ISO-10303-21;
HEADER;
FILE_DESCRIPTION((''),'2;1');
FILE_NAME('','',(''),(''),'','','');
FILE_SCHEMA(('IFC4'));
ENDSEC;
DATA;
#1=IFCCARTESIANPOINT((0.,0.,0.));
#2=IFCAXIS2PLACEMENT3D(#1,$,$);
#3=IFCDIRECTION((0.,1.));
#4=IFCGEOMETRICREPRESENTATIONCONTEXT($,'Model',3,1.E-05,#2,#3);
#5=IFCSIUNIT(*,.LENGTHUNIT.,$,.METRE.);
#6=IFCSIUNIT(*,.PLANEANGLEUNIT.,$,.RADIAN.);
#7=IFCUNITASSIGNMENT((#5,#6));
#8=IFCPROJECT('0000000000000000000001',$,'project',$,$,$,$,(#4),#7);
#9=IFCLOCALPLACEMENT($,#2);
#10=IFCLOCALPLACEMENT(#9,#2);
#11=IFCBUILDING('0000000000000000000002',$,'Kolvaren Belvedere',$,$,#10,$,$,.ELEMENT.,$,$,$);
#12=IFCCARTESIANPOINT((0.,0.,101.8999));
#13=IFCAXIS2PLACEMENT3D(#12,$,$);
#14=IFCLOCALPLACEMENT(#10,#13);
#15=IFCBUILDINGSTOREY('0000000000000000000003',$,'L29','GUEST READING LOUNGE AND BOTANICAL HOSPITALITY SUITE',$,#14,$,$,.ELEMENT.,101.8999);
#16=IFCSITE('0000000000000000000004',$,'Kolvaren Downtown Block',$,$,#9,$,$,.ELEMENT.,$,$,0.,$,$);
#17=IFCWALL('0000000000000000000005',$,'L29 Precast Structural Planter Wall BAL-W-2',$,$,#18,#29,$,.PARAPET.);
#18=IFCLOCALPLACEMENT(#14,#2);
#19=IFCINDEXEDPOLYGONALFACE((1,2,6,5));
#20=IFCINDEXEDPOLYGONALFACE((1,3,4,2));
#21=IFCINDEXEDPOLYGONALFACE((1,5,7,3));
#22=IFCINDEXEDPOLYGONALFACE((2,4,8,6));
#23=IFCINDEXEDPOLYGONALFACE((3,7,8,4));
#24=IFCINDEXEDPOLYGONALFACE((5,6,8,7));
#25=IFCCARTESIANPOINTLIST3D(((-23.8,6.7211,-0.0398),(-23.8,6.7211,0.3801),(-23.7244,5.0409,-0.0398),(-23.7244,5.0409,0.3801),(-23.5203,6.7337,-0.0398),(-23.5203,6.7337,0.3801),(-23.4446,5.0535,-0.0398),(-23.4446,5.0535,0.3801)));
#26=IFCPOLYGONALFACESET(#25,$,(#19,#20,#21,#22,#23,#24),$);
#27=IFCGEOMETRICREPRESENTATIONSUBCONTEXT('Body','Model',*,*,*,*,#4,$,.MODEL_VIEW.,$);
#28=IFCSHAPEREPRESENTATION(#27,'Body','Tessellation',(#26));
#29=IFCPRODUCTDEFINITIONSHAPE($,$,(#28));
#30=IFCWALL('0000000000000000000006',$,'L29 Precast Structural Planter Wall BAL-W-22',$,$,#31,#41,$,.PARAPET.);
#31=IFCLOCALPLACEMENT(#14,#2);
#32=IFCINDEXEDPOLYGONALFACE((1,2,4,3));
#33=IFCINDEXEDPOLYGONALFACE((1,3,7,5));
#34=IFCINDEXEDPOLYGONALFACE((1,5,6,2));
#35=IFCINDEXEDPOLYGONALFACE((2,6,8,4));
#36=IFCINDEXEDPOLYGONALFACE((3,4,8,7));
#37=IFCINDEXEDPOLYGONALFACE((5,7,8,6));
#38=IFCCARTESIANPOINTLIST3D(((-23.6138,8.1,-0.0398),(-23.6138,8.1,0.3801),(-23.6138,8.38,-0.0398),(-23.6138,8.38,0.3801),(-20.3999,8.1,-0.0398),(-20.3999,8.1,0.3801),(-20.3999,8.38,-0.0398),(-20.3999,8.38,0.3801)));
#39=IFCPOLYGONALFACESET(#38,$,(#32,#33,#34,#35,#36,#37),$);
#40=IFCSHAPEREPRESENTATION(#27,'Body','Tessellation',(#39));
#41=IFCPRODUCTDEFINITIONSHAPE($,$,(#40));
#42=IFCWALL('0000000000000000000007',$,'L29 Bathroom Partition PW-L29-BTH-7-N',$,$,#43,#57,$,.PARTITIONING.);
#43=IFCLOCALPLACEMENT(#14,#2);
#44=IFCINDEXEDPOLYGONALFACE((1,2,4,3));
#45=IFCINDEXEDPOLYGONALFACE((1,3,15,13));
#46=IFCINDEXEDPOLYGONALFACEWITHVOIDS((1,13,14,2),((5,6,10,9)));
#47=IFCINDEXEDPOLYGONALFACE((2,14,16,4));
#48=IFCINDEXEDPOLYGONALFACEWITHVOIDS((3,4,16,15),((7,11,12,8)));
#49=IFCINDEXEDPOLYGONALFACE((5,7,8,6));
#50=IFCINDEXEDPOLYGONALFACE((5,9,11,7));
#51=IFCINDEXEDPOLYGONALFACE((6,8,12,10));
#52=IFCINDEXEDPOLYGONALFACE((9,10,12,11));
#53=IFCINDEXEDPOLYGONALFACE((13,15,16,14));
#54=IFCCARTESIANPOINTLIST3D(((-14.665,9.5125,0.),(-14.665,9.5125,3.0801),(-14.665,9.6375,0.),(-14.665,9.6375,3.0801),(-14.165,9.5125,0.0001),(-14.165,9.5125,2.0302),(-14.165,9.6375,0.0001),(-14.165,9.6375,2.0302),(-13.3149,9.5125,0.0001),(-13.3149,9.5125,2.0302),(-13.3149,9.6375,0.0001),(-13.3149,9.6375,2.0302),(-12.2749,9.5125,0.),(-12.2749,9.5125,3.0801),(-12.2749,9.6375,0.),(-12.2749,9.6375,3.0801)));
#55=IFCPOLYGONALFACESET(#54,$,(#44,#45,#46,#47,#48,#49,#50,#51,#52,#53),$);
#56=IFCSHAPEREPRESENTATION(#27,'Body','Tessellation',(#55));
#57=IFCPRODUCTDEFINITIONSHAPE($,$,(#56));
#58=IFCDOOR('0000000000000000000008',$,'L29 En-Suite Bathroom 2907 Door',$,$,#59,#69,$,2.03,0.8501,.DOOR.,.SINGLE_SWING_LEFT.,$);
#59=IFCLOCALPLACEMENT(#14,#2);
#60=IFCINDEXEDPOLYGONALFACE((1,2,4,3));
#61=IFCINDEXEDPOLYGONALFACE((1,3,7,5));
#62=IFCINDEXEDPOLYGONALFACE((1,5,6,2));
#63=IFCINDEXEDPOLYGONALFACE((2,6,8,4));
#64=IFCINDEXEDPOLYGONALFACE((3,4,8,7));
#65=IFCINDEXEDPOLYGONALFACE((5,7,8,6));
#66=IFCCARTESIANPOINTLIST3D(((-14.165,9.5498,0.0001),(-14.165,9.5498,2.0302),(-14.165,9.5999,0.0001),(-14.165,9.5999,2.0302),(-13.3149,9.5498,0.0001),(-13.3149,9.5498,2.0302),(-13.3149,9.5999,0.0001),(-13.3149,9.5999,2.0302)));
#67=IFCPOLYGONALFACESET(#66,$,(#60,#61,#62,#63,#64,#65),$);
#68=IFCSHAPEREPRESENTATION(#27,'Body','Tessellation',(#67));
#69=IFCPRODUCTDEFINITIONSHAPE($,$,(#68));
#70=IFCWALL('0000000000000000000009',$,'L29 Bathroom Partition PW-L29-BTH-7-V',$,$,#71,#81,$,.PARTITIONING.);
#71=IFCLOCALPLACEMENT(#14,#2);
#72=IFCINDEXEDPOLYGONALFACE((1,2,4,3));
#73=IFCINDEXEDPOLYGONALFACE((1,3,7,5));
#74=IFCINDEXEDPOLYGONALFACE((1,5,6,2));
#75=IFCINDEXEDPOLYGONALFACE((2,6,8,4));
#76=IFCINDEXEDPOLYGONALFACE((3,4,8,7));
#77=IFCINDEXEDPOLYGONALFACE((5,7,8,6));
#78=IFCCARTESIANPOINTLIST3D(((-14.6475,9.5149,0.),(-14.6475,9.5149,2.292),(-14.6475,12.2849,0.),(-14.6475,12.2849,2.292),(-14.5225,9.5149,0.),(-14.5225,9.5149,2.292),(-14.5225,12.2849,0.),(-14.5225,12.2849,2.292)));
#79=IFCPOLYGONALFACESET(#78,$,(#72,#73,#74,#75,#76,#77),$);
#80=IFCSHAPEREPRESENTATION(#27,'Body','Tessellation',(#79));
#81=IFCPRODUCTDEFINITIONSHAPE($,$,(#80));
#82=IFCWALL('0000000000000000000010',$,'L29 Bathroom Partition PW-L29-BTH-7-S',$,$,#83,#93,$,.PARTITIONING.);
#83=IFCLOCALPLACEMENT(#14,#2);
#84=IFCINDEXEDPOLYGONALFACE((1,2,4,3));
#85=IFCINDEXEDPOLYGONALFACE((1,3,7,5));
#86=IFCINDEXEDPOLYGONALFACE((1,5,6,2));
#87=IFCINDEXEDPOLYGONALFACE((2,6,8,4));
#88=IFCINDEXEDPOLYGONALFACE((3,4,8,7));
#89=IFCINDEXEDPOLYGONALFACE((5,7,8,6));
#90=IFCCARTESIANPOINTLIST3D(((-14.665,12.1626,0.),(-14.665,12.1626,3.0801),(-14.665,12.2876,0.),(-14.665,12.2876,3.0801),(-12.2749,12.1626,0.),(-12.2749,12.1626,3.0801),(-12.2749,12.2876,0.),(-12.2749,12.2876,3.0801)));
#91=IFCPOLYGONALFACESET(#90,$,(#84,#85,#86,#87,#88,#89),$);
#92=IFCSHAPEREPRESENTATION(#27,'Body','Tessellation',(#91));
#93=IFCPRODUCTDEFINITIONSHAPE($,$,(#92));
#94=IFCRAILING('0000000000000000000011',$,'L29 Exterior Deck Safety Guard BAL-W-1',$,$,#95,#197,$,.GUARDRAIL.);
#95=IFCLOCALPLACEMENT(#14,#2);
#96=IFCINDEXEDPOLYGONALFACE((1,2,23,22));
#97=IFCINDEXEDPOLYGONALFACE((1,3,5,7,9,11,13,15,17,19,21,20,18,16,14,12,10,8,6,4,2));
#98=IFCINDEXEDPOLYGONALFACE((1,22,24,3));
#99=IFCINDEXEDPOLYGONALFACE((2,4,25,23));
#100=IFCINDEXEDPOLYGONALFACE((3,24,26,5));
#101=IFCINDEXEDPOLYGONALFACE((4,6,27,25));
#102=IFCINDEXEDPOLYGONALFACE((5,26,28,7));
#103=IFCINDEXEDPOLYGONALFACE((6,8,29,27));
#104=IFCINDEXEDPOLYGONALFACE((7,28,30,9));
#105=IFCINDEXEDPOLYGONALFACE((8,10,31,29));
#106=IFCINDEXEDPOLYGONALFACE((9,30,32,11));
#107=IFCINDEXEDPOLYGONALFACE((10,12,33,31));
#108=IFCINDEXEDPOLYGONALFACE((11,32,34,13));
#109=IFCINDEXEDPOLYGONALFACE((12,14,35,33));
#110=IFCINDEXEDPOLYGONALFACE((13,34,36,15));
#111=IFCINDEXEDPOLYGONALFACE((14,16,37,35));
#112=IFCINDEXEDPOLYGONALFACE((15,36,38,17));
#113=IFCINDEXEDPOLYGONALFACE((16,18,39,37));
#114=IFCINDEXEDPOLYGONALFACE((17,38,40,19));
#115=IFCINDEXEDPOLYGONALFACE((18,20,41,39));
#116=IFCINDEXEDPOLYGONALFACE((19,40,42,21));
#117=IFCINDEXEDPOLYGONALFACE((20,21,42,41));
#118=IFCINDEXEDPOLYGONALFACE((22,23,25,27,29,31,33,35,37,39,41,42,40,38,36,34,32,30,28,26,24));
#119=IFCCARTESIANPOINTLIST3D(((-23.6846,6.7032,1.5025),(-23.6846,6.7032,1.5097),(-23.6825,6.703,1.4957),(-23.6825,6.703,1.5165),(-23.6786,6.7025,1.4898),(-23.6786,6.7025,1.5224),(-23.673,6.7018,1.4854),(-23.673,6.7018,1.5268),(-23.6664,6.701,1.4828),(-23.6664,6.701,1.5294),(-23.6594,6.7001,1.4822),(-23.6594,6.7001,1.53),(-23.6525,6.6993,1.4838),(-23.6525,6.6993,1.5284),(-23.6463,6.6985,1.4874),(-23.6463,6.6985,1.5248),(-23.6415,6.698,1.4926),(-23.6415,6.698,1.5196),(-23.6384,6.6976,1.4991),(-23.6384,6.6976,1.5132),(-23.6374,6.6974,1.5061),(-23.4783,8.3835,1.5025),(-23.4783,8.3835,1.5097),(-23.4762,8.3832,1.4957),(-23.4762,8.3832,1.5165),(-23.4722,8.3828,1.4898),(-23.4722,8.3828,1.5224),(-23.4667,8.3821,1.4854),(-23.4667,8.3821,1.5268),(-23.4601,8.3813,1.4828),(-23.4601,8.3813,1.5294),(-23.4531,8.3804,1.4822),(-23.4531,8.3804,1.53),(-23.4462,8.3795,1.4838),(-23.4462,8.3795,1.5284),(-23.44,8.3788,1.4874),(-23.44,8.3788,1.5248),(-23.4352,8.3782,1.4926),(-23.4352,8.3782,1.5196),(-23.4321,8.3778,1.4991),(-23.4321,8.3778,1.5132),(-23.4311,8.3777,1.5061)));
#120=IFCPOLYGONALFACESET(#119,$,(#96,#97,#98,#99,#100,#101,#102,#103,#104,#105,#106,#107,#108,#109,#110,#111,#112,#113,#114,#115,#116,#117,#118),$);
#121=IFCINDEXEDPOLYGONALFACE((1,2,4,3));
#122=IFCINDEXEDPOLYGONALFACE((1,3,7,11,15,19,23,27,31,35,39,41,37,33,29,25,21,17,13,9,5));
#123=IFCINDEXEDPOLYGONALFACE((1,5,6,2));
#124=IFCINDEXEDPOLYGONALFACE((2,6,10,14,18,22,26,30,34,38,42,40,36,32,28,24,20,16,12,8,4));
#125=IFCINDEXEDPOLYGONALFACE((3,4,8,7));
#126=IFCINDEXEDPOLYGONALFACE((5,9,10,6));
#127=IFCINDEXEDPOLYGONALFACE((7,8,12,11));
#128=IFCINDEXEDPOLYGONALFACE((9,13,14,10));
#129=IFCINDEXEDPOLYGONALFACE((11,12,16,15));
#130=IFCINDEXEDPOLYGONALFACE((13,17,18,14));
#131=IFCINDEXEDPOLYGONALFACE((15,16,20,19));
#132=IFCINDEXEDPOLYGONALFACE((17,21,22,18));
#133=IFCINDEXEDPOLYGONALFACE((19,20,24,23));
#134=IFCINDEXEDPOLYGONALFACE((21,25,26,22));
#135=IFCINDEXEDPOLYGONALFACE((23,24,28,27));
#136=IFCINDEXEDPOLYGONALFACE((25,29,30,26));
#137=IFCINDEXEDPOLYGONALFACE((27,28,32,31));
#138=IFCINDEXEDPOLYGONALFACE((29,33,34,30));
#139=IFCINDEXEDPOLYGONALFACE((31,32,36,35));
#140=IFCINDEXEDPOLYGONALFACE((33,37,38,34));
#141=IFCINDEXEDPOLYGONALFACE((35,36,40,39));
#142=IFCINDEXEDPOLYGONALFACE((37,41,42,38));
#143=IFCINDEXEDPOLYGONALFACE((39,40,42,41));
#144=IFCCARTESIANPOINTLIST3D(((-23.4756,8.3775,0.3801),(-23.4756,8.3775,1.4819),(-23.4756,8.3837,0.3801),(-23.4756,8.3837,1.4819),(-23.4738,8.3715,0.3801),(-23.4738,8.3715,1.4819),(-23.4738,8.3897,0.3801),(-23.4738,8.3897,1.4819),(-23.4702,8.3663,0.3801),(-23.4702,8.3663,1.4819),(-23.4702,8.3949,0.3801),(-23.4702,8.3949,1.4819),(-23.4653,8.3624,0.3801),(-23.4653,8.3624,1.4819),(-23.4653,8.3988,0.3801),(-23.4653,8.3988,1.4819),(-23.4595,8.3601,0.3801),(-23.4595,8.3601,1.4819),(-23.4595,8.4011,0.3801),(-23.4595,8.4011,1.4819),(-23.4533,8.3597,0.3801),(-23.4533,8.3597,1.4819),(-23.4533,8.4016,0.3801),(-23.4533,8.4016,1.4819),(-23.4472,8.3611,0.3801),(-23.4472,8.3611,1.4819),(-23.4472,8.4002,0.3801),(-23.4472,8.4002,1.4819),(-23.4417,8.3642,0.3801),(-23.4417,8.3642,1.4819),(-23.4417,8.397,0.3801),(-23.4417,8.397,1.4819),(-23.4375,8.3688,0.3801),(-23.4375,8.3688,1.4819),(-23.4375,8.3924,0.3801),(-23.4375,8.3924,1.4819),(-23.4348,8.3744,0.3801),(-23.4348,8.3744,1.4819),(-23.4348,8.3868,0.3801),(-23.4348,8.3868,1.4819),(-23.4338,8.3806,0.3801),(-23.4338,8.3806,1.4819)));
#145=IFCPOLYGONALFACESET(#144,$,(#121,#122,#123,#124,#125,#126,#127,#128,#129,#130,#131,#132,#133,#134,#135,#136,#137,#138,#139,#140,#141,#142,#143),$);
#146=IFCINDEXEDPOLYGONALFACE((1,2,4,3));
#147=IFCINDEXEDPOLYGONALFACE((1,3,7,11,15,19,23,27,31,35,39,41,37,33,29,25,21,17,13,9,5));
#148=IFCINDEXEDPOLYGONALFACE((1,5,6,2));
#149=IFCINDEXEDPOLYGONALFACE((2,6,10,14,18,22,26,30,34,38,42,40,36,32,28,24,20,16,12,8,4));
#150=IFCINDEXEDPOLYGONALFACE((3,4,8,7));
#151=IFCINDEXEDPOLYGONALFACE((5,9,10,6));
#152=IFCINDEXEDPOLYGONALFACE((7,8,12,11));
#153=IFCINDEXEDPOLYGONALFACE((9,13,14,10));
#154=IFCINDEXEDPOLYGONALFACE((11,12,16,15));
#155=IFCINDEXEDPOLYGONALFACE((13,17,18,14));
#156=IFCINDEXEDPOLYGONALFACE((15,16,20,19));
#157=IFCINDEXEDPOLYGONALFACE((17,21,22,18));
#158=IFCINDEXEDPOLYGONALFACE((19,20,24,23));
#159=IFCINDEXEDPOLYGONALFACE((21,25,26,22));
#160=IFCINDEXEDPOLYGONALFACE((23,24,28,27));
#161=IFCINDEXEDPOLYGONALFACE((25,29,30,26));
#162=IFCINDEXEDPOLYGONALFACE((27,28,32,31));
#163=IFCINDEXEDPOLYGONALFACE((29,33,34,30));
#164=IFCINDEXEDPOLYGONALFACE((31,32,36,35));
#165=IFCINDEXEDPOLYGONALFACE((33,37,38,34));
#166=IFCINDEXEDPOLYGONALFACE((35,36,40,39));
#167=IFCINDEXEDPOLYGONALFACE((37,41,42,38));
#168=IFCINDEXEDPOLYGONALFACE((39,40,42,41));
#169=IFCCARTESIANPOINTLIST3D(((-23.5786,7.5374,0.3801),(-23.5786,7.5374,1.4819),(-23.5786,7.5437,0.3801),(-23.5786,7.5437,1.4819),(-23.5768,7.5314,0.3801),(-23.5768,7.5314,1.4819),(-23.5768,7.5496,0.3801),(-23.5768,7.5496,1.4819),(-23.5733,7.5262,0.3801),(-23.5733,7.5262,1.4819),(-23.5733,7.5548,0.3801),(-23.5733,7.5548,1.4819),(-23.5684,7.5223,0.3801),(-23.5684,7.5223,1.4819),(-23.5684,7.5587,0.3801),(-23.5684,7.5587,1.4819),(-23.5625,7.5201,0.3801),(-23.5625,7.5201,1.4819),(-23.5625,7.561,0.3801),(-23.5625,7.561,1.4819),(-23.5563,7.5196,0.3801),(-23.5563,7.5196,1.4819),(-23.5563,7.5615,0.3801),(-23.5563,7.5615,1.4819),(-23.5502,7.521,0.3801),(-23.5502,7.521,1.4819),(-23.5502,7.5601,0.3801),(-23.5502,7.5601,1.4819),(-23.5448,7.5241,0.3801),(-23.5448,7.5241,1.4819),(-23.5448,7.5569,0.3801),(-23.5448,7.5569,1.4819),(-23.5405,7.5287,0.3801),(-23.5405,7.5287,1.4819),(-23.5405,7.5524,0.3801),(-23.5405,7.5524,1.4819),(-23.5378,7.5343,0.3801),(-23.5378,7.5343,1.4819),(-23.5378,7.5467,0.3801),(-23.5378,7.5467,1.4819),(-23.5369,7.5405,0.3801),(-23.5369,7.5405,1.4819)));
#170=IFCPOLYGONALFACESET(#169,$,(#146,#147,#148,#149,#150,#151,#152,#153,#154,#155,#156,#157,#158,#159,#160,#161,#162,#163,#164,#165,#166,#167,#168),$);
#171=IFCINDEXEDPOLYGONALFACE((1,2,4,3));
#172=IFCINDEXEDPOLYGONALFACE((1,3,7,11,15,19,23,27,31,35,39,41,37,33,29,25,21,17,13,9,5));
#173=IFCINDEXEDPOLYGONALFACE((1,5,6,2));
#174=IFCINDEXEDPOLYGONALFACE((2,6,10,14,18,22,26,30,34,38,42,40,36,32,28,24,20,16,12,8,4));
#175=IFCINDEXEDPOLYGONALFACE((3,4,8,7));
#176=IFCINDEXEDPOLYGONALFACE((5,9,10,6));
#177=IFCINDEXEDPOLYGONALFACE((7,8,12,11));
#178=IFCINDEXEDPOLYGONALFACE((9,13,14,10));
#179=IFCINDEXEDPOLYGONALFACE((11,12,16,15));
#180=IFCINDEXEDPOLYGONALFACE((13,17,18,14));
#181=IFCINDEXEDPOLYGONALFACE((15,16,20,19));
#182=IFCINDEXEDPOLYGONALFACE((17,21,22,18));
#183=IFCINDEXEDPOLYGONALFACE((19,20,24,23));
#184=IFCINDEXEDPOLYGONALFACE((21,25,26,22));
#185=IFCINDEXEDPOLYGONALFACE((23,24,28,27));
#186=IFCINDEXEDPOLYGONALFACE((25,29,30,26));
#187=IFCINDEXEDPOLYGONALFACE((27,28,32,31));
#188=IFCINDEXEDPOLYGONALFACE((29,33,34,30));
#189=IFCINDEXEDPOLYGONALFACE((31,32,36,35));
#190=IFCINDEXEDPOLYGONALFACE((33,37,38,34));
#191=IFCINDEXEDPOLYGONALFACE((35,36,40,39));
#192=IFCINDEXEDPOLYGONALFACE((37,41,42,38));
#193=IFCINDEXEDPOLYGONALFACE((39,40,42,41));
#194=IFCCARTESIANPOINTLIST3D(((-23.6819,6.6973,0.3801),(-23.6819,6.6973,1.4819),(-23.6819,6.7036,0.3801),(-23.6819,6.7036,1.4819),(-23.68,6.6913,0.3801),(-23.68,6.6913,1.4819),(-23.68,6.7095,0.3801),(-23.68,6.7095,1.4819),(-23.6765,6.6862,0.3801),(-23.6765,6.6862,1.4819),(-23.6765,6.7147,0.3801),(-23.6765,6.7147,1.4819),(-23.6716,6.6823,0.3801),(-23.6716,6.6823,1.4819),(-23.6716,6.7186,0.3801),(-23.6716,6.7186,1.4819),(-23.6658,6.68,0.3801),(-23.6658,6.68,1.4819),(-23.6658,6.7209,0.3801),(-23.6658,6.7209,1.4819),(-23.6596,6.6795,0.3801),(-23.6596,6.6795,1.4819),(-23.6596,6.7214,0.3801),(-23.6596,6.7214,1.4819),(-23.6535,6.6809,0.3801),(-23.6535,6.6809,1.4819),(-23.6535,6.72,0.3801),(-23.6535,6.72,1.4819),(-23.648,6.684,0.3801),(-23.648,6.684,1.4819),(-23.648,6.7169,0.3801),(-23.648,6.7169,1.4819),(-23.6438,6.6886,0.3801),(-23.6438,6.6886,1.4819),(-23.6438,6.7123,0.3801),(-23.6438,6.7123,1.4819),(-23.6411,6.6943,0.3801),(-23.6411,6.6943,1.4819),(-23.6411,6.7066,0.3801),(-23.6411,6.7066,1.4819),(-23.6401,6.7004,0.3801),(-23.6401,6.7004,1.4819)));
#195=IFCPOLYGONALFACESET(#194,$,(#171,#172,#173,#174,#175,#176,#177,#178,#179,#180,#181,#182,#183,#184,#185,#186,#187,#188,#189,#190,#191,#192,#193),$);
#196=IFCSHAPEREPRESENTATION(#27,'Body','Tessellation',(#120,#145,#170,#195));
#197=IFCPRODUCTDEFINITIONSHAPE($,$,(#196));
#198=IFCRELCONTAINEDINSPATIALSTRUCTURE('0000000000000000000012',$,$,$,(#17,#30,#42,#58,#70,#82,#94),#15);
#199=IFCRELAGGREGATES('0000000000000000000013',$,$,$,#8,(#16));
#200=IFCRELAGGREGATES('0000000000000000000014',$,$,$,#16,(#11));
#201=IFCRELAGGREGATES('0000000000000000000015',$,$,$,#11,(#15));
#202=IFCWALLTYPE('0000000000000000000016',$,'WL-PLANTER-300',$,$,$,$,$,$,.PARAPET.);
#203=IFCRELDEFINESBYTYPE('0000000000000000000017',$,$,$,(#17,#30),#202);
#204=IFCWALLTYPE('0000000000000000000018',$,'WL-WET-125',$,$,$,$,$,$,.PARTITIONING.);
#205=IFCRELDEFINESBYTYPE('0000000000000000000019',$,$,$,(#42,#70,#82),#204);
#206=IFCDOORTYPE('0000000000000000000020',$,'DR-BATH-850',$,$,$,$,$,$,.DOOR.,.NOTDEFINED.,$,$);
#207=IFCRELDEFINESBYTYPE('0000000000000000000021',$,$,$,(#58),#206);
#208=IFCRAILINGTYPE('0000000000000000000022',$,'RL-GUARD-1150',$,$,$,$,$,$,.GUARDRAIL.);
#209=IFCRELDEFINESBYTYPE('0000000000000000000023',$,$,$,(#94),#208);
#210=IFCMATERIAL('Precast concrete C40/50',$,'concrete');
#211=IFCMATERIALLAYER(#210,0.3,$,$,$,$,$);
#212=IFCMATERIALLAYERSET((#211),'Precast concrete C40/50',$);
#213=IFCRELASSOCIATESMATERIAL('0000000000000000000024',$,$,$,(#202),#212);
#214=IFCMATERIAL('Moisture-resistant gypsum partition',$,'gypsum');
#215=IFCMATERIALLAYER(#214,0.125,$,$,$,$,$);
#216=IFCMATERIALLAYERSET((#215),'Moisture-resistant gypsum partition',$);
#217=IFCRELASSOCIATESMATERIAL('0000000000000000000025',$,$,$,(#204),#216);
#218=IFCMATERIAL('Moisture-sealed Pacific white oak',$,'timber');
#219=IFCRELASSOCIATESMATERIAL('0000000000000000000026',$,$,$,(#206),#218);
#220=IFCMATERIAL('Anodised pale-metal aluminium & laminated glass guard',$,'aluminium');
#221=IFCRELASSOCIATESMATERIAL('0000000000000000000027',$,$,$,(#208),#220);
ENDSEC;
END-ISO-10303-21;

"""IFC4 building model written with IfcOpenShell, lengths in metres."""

from ifc_helpers import new_model, si_unit, direction, frame, frame_2d, origin, origin_2d, place, context, subcontext, project, spatial, rectangle, circle, extrude, material, layer, layer_set, type_object, element, fill, save


model = new_model("IFC4")

# Units and contexts
model_context = context("Model", 3, precision=1e-05, world=origin(), true_north=direction((0.0, 1.0)))
body_context = subcontext(model_context, "Body", "Model", "MODEL_VIEW")
ifc_project = project(units=[si_unit("LENGTHUNIT", "METRE"), si_unit("PLANEANGLEUNIT", "RADIAN")], contexts=[model_context])

# Site, building, storey
site_placement = place(None, origin())
site = spatial("IfcSite", under=ifc_project, at=site_placement, Name="Kolvaren Downtown Block", CompositionType="ELEMENT", RefElevation=0.0)
building_placement = place(site_placement, origin())
building = spatial("IfcBuilding", under=site, at=building_placement, Name="Kolvaren Belvedere", CompositionType="ELEMENT")
storey_placement = place(building_placement, frame((0.0, 0.0, 101.8999)))
storey = spatial("IfcBuildingStorey", under=building, at=storey_placement, Name="L29", Description="GUEST READING LOUNGE AND BOTANICAL HOSPITALITY SUITE", CompositionType="ELEMENT", Elevation=101.8999)

# Walls
ifc_material_1 = material(Name="Precast concrete C40/50", Category="concrete")
ifc_layer_1 = layer(ifc_material_1, 0.3)
ifc_layer_set_1 = layer_set([ifc_layer_1], Name="Precast concrete C40/50")
wall_type_1 = type_object("IfcWallType", Name="WL-PLANTER-300", PredefinedType="PARAPET", material=ifc_layer_set_1)
wall_1_placement = place(storey_placement, frame((-23.6602, 6.7273, -0.0398), z_axis=(0.0, 0.0, 1.0), x_axis=(0.044999, -0.998987, 0.0)))
element("IfcWall", 1, at=wall_1_placement, inside=storey, type_object=wall_type_1, Name="L29 Precast Structural Planter Wall BAL-W-2", PredefinedType="PARAPET", context=body_context, shape_type="SweptSolid", body=[
    extrude(rectangle(XDim=1.6819, YDim=0.28, at=frame_2d((0.8408, 0.0))), origin(), (0.0, 0.0, 1.0), 0.4199),
])
wall_2_placement = place(storey_placement, frame((-20.3999, 8.24, -0.0398), z_axis=(0.0, 0.0, 1.0), x_axis=(-1.0, 0.0, 0.0)))
element("IfcWall", 2, at=wall_2_placement, inside=storey, type_object=wall_type_1, Name="L29 Precast Structural Planter Wall BAL-W-22", PredefinedType="PARAPET", context=body_context, shape_type="SweptSolid", body=[
    extrude(rectangle(XDim=3.2139, YDim=0.28, at=frame_2d((1.6069, 0.0))), origin(), (0.0, 0.0, 1.0), 0.4199),
])

# Wall, opening, door
ifc_material_2 = material(Name="Moisture-resistant gypsum partition", Category="gypsum")
ifc_layer_2 = layer(ifc_material_2, 0.125)
ifc_layer_set_2 = layer_set([ifc_layer_2], Name="Moisture-resistant gypsum partition")
wall_type_2 = type_object("IfcWallType", Name="WL-WET-125", PredefinedType="PARTITIONING", material=ifc_layer_set_2)
wall_3_placement = place(storey_placement, frame((-14.665, 9.575, 0.0), z_axis=(0.0, 0.0, 1.0), x_axis=(1.0, 0.0, 0.0)))
wall_3 = element("IfcWall", 3, at=wall_3_placement, inside=storey, type_object=wall_type_2, Name="L29 Bathroom Partition PW-L29-BTH-7-N", PredefinedType="PARTITIONING", context=body_context, shape_type="SweptSolid", body=[
    extrude(rectangle(XDim=2.3901, YDim=0.125, at=frame_2d((1.1951, 0.0))), origin(), (0.0, 0.0, 1.0), 3.0801),
])
opening_1_placement = place(wall_3_placement, frame((0.5, 0.0, 0.0)))
opening_1 = element("IfcOpeningElement", 4, at=opening_1_placement, cuts=wall_3, PredefinedType="OPENING", context=body_context, shape_type="SweptSolid", body=[
    extrude(rectangle(XDim=0.8501, YDim=2.03, at=frame_2d((0.425, 1.0151))), frame((0.0, 0.0725, 0.0), z_axis=(0.0, -1.0, 0.0), x_axis=(1.0, 0.0, 0.0)), (0.0, 0.0, 1.0), 0.145),
])
ifc_material_3 = material(Name="Moisture-sealed Pacific white oak", Category="timber")
door_type = type_object("IfcDoorType", Name="DR-BATH-850", OperationType="NOTDEFINED", PredefinedType="DOOR", material=ifc_material_3)
door_placement = place(opening_1_placement, origin())
door = element("IfcDoor", 5, at=door_placement, inside=storey, type_object=door_type, Name="L29 En-Suite Bathroom 2907 Door", OperationType="SINGLE_SWING_LEFT", OverallHeight=2.03, OverallWidth=0.8501, PredefinedType="DOOR", context=body_context, shape_type="SweptSolid", body=[
    extrude(rectangle(XDim=0.8501, YDim=2.03, at=frame_2d((0.425, 1.0151))), frame((0.0, 0.0249, 0.0), z_axis=(0.0, -1.0, 0.0), x_axis=(1.0, 0.0, 0.0)), (0.0, 0.0, 1.0), 0.05),
])
fill(opening_1, door)

# Walls
wall_4_placement = place(storey_placement, frame((-14.585, 9.5149, 0.0), z_axis=(0.0, 0.0, 1.0), x_axis=(0.0, 1.0, 0.0)))
element("IfcWall", 6, at=wall_4_placement, inside=storey, type_object=wall_type_2, Name="L29 Bathroom Partition PW-L29-BTH-7-V", PredefinedType="PARTITIONING", context=body_context, shape_type="SweptSolid", body=[
    extrude(rectangle(XDim=2.77, YDim=0.125, at=frame_2d((1.385, 0.0))), origin(), (0.0, 0.0, 1.0), 2.292),
])
wall_5_placement = place(storey_placement, frame((-14.665, 12.2251, 0.0), z_axis=(0.0, 0.0, 1.0), x_axis=(1.0, 0.0, 0.0)))
element("IfcWall", 7, at=wall_5_placement, inside=storey, type_object=wall_type_2, Name="L29 Bathroom Partition PW-L29-BTH-7-S", PredefinedType="PARTITIONING", context=body_context, shape_type="SweptSolid", body=[
    extrude(rectangle(XDim=2.3901, YDim=0.125, at=frame_2d((1.1951, 0.0))), origin(), (0.0, 0.0, 1.0), 3.0801),
])

# Railing
ifc_material_4 = material(Name="Anodised pale-metal aluminium & laminated glass guard", Category="aluminium")
railing_type = type_object("IfcRailingType", Name="RL-GUARD-1150", PredefinedType="GUARDRAIL", material=ifc_material_4)
railing_1_placement = place(storey_placement, frame((-23.4548, 8.3806, 0.3801)))
element("IfcRailing", 8, at=railing_1_placement, inside=storey, type_object=railing_type, Name="L29 Exterior Deck Safety Guard BAL-W-1", PredefinedType="GUARDRAIL", context=body_context, shape_type="SweptSolid", body=[
    extrude(circle(Radius=0.0239, at=origin_2d()), frame((0.0, 0.0, 1.126), z_axis=(-0.121869, -0.992546, 0.0), x_axis=(0.992546, -0.121869, 0.0)), (0.0, 0.0, 1.0), 1.6929),
    extrude(circle(Radius=0.021, at=origin_2d()), origin(), (0.0, 0.0, 1.0), 1.1018),
    extrude(circle(Radius=0.021, at=origin_2d()), frame((-0.103, -0.8401, 0.0)), (0.0, 0.0, 1.0), 1.1018),
    extrude(circle(Radius=0.021, at=origin_2d()), frame((-0.2063, -1.6802, 0.0)), (0.0, 0.0, 1.0), 1.1018),
])

save(model, "model.ifc")
